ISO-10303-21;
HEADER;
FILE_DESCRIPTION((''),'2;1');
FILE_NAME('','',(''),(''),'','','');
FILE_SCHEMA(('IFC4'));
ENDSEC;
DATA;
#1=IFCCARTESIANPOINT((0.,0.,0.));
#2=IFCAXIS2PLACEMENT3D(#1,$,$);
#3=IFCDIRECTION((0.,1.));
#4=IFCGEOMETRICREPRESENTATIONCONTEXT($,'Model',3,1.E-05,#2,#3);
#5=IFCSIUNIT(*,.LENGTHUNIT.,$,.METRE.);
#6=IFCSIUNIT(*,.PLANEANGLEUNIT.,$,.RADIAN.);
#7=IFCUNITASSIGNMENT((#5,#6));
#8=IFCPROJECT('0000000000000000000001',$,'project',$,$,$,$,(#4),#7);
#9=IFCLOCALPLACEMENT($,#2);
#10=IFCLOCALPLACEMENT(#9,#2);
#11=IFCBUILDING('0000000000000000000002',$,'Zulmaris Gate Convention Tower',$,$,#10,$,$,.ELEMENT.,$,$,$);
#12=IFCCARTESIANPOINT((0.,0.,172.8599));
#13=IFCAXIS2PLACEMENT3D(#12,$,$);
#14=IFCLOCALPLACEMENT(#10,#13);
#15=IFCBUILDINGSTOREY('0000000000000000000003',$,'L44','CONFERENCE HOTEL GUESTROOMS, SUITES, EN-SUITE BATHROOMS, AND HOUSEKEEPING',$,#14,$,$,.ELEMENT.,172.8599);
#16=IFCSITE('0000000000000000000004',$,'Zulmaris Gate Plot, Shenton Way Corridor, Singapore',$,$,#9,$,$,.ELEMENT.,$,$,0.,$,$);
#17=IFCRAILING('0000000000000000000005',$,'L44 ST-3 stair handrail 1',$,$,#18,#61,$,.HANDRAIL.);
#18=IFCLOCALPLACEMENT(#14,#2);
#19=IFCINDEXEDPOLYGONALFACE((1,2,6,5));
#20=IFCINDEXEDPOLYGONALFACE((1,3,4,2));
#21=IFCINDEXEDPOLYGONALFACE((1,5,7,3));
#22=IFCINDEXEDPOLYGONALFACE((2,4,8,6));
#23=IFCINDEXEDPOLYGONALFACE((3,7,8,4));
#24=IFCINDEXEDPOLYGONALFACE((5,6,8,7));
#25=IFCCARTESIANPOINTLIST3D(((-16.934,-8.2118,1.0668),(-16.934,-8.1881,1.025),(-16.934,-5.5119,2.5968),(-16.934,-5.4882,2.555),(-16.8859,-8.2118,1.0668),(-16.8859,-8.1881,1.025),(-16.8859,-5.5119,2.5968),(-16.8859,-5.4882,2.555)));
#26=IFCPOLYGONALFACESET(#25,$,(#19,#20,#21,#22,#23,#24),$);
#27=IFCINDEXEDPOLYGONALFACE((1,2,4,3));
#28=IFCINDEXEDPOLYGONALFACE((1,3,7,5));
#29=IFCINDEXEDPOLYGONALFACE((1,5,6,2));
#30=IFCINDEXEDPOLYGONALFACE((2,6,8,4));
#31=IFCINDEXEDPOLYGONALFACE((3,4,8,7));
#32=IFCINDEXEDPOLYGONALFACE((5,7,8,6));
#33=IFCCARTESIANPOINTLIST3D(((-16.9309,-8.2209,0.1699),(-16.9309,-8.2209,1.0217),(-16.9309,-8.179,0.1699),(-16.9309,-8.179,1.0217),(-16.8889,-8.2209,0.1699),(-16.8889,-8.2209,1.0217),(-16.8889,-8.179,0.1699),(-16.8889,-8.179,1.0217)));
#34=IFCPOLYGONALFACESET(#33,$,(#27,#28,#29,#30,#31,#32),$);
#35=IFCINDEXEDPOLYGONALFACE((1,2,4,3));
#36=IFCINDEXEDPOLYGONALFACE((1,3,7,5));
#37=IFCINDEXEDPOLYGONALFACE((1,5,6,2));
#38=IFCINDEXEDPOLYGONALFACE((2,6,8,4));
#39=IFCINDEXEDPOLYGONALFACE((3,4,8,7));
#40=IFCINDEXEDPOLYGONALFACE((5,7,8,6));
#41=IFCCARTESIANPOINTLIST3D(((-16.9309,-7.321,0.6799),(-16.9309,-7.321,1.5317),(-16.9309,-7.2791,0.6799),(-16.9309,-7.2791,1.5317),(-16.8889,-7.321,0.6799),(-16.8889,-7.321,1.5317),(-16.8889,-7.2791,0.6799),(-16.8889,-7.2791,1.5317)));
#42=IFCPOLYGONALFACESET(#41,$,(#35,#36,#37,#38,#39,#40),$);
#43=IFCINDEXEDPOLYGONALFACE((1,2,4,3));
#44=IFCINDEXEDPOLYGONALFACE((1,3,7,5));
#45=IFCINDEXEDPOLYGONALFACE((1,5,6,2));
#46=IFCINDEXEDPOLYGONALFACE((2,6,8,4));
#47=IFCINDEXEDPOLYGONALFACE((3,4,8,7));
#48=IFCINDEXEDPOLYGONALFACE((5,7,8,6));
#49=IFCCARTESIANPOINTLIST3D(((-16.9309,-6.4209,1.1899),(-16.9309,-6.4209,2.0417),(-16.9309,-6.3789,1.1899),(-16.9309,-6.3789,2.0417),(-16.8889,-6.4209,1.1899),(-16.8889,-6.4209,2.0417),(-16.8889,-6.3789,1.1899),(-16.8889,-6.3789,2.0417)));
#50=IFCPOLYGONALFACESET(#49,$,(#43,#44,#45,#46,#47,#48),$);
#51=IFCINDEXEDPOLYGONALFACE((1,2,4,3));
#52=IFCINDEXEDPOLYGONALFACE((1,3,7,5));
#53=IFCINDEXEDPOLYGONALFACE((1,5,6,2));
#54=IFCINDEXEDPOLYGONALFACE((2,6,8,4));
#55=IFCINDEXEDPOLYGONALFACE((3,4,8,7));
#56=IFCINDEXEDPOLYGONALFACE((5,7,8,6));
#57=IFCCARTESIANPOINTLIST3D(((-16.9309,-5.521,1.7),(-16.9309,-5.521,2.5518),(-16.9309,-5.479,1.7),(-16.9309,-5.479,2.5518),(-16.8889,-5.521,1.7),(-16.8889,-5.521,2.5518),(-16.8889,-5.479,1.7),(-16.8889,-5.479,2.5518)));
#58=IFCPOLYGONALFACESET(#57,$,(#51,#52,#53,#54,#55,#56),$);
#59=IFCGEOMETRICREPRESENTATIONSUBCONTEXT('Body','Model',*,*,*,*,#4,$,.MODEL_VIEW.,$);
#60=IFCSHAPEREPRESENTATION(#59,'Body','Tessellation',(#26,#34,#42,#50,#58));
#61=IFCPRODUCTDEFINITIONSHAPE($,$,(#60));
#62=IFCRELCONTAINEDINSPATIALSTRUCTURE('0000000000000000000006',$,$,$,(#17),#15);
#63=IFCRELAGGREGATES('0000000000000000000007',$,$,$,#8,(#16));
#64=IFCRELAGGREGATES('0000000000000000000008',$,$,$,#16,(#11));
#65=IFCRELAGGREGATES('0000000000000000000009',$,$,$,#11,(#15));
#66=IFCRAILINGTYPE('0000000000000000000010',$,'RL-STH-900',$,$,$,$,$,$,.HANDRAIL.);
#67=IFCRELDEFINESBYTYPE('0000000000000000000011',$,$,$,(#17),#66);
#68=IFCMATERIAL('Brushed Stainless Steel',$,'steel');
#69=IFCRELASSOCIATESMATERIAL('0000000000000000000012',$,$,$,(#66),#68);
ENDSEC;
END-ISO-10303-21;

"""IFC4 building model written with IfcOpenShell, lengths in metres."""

from ifc_helpers import new_model, si_unit, direction, frame, origin, origin_2d, place, context, subcontext, project, spatial, rectangle, extrude, material, type_object, element, save


model = new_model("IFC4")

# Units and contexts
model_context = context("Model", 3, precision=1e-05, world=origin(), true_north=direction((0.0, 1.0)))
body_context = subcontext(model_context, "Body", "Model", "MODEL_VIEW")
ifc_project = project(units=[si_unit("LENGTHUNIT", "METRE"), si_unit("PLANEANGLEUNIT", "RADIAN")], contexts=[model_context])

# Site, building, storey
site_placement = place(None, origin())
site = spatial("IfcSite", under=ifc_project, at=site_placement, Name="Zulmaris Gate Plot, Shenton Way Corridor, Singapore", CompositionType="ELEMENT", RefElevation=0.0)
building_placement = place(site_placement, origin())
building = spatial("IfcBuilding", under=site, at=building_placement, Name="Zulmaris Gate Convention Tower", CompositionType="ELEMENT")
storey_placement = place(building_placement, frame((0.0, 0.0, 172.8599)))
storey = spatial("IfcBuildingStorey", under=building, at=storey_placement, Name="L44", Description="CONFERENCE HOTEL GUESTROOMS, SUITES, EN-SUITE BATHROOMS, AND HOUSEKEEPING", CompositionType="ELEMENT", Elevation=172.8599)

# Shared definitions
ifc_material_1 = material(Name="Brushed Stainless Steel", Category="steel")

# Railing
railing_type_1 = type_object("IfcRailingType", Name="RL-STH-900", PredefinedType="HANDRAIL", material=ifc_material_1)
for number, where, name in (
    (1, (-16.9099, -8.2, 0.1699), "L44 ST-3 stair handrail 1"),
):
    element("IfcRailing", number, at=place(storey_placement, frame(where)), inside=storey, type_object=railing_type_1, Name=name, PredefinedType="HANDRAIL", context=body_context, shape_type="SweptSolid", body=[
        extrude(rectangle(XDim=0.0481, YDim=0.0481, at=origin_2d()), frame((0.0, 0.0, 0.876), z_axis=(0.0, 0.870014, 0.493026), x_axis=(-1.0, 0.0, 0.0)), (0.0, 0.0, 1.0), 3.1033),
        extrude(rectangle(XDim=0.042, YDim=0.042, at=origin_2d()), origin(), (0.0, 0.0, 1.0), 0.8518),
        extrude(rectangle(XDim=0.042, YDim=0.042, at=origin_2d()), frame((0.0, 0.8999, 0.51)), (0.0, 0.0, 1.0), 0.8518),
        extrude(rectangle(XDim=0.042, YDim=0.042, at=origin_2d()), frame((0.0, 1.8, 1.02)), (0.0, 0.0, 1.0), 0.8518),
        extrude(rectangle(XDim=0.042, YDim=0.042, at=origin_2d()), frame((0.0, 2.7, 1.53)), (0.0, 0.0, 1.0), 0.8518),
    ])

save(model, "model.ifc")
